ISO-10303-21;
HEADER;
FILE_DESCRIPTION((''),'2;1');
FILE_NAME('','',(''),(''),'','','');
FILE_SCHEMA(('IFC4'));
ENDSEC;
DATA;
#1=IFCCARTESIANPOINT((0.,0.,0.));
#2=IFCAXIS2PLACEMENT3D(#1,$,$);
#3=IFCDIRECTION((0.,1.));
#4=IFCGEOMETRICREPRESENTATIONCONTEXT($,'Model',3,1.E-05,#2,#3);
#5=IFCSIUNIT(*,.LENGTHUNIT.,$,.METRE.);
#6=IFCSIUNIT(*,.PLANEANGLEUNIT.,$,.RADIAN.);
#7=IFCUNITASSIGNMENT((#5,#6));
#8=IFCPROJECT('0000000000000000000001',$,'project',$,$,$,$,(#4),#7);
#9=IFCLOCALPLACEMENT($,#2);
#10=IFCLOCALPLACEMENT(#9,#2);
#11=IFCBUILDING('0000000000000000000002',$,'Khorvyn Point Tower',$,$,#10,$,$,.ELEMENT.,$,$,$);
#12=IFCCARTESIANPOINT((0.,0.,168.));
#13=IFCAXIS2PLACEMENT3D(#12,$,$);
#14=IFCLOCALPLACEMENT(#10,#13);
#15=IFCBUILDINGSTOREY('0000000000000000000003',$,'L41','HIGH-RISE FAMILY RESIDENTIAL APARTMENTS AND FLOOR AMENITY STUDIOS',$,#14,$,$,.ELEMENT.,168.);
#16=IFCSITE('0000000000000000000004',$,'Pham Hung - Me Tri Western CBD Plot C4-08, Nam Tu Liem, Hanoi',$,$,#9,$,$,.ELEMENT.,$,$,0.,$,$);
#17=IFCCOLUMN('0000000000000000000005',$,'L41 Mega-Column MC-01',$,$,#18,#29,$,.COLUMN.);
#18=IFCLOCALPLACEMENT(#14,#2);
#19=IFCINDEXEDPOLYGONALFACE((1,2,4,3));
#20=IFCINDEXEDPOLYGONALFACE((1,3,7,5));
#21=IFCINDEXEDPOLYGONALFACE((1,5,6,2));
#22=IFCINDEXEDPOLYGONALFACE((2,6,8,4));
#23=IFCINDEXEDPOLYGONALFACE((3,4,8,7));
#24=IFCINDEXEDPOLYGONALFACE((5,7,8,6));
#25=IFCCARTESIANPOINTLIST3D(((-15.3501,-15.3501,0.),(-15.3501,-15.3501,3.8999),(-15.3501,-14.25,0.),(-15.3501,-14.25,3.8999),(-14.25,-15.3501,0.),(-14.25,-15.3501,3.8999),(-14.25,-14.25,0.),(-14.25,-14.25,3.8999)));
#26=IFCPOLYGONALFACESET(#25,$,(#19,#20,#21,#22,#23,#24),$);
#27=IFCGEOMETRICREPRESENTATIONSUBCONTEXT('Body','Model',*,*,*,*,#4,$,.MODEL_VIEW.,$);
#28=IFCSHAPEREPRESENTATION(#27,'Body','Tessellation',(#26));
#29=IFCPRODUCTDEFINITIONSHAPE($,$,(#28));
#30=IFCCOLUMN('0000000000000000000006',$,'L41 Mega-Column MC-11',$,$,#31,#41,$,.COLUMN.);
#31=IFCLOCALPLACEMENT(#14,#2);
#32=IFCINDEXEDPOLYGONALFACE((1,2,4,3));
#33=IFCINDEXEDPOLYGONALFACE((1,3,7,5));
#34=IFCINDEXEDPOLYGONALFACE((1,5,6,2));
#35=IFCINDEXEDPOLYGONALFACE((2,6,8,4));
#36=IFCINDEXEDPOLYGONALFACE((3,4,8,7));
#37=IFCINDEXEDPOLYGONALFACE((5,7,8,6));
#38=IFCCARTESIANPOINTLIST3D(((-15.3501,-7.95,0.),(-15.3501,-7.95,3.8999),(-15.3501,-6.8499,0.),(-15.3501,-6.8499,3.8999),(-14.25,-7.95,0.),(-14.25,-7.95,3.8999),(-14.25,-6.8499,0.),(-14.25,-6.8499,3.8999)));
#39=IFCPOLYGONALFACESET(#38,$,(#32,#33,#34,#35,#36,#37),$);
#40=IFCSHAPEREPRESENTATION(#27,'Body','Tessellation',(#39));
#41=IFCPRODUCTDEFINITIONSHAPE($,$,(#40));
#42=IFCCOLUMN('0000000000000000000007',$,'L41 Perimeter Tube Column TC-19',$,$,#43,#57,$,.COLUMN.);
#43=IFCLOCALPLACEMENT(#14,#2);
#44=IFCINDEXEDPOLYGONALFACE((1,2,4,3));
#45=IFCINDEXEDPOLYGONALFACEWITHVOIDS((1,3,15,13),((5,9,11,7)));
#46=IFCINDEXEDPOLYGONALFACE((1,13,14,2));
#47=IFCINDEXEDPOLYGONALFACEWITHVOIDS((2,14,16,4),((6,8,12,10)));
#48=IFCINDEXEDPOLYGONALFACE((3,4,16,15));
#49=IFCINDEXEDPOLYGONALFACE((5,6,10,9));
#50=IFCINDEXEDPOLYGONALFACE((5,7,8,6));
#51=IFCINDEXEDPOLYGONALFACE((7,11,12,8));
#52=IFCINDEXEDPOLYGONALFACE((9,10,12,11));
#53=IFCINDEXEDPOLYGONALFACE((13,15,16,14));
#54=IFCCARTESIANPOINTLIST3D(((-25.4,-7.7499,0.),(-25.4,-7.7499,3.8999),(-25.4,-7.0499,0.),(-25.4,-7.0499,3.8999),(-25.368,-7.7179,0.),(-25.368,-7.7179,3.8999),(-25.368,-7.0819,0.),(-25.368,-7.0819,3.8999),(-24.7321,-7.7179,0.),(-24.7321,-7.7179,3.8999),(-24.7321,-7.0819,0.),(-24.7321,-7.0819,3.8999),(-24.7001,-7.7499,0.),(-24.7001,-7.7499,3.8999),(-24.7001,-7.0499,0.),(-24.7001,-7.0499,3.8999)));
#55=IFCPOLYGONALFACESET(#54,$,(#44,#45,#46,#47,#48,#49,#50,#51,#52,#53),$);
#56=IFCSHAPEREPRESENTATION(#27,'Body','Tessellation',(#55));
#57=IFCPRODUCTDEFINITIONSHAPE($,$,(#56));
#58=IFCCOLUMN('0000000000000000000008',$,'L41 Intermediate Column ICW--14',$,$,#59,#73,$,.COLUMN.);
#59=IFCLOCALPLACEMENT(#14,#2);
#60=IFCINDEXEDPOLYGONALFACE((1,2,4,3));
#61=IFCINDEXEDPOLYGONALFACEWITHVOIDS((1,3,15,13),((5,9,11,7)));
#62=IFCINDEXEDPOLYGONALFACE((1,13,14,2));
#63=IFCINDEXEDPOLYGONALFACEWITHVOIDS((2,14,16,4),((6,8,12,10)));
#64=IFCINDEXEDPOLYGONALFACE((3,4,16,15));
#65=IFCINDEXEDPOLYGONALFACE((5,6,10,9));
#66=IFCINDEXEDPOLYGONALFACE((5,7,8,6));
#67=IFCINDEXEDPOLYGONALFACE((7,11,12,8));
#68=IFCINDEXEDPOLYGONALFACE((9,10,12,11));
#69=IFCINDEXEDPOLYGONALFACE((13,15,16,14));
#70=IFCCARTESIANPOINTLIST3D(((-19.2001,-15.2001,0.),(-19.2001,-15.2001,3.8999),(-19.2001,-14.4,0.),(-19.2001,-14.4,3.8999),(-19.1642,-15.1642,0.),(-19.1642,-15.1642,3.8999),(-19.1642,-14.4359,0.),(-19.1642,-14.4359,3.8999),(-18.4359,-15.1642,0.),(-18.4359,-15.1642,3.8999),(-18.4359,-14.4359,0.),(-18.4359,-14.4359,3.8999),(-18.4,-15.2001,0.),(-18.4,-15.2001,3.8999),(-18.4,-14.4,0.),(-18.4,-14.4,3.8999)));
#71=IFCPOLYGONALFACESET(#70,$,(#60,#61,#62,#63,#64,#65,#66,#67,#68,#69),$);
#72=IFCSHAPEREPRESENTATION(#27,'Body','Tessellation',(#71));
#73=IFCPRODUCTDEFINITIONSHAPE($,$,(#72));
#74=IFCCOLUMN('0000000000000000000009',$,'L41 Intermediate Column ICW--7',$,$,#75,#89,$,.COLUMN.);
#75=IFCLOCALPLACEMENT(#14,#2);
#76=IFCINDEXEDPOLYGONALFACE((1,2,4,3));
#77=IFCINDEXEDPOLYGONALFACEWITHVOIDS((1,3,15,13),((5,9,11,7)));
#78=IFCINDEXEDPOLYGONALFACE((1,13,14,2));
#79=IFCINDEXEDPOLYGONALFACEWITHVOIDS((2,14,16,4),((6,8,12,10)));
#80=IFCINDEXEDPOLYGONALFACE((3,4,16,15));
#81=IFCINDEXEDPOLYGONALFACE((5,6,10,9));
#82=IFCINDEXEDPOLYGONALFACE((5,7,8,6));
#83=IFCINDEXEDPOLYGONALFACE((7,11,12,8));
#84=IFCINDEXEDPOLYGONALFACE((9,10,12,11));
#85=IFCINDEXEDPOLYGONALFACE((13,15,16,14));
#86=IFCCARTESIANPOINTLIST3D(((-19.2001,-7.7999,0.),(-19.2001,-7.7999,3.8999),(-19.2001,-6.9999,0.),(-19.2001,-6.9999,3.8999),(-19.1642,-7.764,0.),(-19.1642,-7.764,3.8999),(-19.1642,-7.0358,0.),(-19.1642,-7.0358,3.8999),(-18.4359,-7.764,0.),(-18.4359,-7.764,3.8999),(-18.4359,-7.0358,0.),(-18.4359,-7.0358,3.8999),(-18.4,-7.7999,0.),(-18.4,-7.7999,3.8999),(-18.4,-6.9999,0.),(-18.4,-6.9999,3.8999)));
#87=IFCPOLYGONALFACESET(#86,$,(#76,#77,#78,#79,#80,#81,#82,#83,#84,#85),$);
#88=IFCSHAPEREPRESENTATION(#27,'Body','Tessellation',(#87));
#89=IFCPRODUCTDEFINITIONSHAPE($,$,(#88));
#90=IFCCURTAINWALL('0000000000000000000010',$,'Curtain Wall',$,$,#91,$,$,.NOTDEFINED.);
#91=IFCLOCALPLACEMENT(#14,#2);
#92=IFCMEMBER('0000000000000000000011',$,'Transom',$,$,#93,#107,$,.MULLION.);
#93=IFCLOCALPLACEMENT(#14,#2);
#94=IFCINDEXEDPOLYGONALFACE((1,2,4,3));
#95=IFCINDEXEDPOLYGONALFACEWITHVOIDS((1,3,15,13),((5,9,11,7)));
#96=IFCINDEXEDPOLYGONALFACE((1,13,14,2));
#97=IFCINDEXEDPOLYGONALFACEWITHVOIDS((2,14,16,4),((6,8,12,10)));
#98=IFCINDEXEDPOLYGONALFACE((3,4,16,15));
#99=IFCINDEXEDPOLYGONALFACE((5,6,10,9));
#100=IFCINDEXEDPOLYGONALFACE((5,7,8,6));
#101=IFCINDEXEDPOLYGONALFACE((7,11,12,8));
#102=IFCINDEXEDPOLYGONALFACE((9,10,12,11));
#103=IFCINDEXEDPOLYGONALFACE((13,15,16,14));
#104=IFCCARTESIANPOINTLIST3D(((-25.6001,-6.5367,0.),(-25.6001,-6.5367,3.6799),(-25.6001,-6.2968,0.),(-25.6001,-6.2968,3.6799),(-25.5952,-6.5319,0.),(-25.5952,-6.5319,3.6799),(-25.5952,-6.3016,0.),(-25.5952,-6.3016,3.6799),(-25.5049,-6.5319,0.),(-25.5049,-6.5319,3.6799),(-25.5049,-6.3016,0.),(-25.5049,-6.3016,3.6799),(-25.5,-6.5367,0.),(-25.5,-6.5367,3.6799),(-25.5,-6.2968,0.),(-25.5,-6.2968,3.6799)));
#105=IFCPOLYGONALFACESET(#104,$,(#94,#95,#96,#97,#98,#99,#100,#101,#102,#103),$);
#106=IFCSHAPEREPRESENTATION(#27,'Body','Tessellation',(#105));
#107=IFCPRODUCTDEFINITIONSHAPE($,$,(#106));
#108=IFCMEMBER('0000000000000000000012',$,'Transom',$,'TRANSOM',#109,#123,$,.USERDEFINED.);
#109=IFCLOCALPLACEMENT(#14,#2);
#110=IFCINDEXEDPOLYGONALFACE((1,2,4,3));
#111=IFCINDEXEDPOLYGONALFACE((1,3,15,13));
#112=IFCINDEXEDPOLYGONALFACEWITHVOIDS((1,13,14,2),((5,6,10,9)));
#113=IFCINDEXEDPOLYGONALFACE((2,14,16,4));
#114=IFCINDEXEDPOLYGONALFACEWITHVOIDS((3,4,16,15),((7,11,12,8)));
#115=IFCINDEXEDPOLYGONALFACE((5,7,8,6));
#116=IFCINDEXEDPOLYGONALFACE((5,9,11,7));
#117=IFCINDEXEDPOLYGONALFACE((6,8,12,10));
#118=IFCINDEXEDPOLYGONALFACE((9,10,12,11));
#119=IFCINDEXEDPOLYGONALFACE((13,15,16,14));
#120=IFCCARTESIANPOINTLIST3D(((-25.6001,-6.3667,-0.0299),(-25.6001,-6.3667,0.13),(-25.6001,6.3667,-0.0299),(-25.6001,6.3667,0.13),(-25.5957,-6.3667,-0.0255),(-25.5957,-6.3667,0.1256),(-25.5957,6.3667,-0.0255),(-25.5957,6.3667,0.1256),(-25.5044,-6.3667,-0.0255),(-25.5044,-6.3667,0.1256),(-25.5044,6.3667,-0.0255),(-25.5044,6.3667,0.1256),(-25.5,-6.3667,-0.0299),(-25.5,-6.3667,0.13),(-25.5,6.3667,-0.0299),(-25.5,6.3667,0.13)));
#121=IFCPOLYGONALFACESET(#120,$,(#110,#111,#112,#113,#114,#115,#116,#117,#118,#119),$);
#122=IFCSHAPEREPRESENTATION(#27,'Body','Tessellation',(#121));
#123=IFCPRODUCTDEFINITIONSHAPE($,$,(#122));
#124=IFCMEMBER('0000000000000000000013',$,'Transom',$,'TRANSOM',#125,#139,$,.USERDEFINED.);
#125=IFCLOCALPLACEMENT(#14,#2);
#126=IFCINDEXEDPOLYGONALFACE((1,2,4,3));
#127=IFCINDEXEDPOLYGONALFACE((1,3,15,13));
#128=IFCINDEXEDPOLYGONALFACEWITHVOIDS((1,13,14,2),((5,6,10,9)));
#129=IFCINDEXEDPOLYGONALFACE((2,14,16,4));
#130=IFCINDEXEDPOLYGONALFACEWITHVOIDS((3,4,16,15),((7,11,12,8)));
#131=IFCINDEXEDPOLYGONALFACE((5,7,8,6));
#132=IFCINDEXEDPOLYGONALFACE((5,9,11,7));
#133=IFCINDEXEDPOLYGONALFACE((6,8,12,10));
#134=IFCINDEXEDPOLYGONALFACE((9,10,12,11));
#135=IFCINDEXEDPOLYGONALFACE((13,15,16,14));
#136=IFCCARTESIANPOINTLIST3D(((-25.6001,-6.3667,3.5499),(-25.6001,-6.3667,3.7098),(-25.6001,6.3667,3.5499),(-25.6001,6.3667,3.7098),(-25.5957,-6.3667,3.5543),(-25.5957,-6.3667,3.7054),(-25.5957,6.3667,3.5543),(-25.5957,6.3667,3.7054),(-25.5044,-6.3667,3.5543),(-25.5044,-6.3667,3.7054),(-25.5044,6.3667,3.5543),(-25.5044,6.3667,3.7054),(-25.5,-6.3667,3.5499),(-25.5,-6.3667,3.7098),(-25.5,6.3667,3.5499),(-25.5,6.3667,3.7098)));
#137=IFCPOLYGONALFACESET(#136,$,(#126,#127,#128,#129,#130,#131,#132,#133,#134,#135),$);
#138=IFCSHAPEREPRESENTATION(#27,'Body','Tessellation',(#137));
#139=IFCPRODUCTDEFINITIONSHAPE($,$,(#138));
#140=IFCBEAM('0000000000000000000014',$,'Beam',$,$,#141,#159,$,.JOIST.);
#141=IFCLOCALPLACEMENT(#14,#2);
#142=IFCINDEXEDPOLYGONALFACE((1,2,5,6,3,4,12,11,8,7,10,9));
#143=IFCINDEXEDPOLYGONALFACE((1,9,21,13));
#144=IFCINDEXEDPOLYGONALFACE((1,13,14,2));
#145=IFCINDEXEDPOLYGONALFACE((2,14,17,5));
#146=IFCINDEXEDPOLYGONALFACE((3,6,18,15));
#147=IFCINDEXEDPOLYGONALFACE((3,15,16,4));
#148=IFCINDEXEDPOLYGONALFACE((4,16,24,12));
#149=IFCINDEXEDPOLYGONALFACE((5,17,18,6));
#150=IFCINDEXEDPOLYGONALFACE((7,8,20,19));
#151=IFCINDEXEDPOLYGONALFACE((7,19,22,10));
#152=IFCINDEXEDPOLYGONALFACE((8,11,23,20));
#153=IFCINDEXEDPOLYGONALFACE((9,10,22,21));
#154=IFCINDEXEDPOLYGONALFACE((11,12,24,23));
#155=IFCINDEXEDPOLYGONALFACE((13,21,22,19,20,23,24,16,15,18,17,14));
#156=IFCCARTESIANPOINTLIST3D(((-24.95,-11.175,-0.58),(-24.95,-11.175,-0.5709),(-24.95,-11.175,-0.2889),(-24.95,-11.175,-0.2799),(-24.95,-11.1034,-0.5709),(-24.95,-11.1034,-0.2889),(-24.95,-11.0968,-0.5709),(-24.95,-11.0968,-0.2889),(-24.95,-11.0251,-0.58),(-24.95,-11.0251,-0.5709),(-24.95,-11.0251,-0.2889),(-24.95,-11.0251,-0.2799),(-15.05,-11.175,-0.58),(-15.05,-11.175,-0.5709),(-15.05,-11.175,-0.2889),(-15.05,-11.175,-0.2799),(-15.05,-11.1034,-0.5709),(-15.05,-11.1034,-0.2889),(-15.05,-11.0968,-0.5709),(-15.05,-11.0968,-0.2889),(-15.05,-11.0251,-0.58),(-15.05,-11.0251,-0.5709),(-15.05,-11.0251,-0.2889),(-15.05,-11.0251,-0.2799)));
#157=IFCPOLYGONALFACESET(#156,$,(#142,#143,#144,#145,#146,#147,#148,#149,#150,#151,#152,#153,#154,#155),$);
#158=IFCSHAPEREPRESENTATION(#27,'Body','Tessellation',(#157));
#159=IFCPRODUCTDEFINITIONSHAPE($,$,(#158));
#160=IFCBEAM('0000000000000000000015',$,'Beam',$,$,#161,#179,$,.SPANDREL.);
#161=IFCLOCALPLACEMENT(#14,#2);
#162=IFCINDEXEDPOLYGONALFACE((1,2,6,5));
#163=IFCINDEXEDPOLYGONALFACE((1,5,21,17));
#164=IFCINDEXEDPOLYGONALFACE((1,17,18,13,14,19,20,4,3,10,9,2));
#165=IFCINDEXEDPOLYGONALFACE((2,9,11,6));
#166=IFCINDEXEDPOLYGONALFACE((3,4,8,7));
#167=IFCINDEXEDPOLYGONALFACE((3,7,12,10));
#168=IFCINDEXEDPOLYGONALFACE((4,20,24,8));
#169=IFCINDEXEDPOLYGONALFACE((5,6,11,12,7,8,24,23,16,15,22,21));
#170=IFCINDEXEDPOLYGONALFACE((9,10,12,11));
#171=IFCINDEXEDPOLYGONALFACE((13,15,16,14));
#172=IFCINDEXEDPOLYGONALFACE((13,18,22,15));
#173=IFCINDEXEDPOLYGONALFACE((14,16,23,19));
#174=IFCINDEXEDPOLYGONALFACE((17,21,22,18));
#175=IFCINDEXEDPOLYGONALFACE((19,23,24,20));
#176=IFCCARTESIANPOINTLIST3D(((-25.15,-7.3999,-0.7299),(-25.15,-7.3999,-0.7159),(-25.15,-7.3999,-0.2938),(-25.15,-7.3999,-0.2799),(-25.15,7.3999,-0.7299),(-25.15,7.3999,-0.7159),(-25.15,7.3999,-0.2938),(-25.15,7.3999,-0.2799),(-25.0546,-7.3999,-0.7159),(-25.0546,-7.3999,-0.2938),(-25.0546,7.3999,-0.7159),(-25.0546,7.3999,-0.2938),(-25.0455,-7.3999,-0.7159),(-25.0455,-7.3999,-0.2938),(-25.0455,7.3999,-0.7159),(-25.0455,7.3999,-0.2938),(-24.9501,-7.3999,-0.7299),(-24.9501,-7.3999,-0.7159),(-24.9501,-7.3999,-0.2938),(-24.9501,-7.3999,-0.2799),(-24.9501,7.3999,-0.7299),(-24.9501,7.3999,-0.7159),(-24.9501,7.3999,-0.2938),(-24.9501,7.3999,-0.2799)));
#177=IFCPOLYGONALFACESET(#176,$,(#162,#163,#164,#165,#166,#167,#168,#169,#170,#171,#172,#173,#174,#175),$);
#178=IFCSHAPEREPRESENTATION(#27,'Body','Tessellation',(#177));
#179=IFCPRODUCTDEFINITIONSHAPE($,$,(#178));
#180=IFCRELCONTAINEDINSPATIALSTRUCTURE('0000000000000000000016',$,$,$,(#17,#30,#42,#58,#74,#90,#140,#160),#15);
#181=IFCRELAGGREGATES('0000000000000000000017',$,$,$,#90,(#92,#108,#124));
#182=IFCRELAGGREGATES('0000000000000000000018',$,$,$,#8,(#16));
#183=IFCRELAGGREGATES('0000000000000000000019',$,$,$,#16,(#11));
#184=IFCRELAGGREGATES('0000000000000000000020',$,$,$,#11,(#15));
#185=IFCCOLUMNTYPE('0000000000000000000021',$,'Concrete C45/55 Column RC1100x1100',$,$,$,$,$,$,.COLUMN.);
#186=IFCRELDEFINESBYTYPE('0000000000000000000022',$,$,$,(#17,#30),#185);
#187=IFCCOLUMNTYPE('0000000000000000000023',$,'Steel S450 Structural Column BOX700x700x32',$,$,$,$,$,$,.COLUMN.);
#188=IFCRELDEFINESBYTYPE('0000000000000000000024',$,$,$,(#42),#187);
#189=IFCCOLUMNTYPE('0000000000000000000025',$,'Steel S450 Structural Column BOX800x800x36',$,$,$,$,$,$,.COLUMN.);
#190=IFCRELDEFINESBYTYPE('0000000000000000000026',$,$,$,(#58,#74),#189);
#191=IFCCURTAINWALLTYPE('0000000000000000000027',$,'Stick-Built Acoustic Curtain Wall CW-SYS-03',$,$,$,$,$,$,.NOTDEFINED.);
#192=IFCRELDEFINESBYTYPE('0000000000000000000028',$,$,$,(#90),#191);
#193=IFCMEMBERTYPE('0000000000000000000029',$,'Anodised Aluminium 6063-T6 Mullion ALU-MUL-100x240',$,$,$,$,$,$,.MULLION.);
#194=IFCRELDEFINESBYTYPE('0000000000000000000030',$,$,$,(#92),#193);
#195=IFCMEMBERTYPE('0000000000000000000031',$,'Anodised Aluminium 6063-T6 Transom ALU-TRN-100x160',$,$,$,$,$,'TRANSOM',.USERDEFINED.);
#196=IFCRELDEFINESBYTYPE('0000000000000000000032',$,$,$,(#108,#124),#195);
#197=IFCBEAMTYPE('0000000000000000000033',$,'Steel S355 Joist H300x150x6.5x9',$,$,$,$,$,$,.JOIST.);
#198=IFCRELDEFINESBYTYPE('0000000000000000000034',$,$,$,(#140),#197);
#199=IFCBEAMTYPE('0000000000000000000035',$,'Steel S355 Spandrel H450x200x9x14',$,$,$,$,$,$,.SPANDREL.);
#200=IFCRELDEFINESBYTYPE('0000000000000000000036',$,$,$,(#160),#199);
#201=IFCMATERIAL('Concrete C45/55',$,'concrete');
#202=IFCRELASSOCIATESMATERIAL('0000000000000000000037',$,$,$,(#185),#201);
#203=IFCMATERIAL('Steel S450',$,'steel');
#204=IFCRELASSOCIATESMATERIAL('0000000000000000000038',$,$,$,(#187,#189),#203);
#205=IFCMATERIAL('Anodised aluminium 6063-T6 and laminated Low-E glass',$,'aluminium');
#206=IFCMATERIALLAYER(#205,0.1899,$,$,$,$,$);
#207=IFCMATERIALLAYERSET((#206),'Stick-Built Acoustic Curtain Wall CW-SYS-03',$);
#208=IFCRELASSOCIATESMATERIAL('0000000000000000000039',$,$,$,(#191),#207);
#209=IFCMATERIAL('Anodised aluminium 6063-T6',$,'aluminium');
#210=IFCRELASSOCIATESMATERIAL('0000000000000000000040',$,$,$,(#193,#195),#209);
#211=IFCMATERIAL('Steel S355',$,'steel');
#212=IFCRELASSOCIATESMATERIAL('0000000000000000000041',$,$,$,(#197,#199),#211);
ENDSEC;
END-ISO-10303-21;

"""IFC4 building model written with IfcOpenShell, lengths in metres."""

from ifc_helpers import new_model, si_unit, direction, frame, origin, origin_2d, place, context, subcontext, project, spatial, rectangle, hollow_rectangle, i_section, extrude, material, layer, layer_set, material_profile, profile_set, type_object, element, aggregate, save


model = new_model("IFC4")

# Units and contexts
model_context = context("Model", 3, precision=1e-05, world=origin(), true_north=direction((0.0, 1.0)))
body_context = subcontext(model_context, "Body", "Model", "MODEL_VIEW")
ifc_project = project(units=[si_unit("LENGTHUNIT", "METRE"), si_unit("PLANEANGLEUNIT", "RADIAN")], contexts=[model_context])

# Site, building, storey
site_placement = place(None, origin())
site = spatial("IfcSite", under=ifc_project, at=site_placement, Name="Pham Hung - Me Tri Western CBD Plot C4-08, Nam Tu Liem, Hanoi", CompositionType="ELEMENT", RefElevation=0.0)
building_placement = place(site_placement, origin())
building = spatial("IfcBuilding", under=site, at=building_placement, Name="Khorvyn Point Tower", CompositionType="ELEMENT")
storey_placement = place(building_placement, frame((0.0, 0.0, 168.0)))
storey = spatial("IfcBuildingStorey", under=building, at=storey_placement, Name="L41", Description="HIGH-RISE FAMILY RESIDENTIAL APARTMENTS AND FLOOR AMENITY STUDIOS", CompositionType="ELEMENT", Elevation=168.0)

# Columns
ifc_material_1 = material(Name="Concrete C45/55", Category="concrete")
ifc_material_profile_1 = material_profile(ifc_material_1, rectangle(XDim=1.1001, YDim=1.1001, at=origin_2d()))
ifc_profile_set_1 = profile_set([ifc_material_profile_1], Name="Concrete C45/55 RC1100x1100")
column_type_1 = type_object("IfcColumnType", Name="Concrete C45/55 Column RC1100x1100", PredefinedType="COLUMN", material=ifc_profile_set_1)
for number, where, z_axis, x_axis, name in (
    (1, (-14.8, -14.8, 0.0), (0.0, 0.0, 1.0), (1.0, 0.0, 0.0), "L41 Mega-Column MC-01"),
    (2, (-14.8, -7.3999, 0.0), (0.0, 0.0, 1.0), (1.0, 0.0, 0.0), "L41 Mega-Column MC-11"),
):
    element("IfcColumn", number, at=place(storey_placement, frame(where, z_axis=z_axis, x_axis=x_axis)), inside=storey, type_object=column_type_1, Name=name, PredefinedType="COLUMN", context=body_context, shape_type="SweptSolid", body=[
        extrude(rectangle(XDim=1.1001, YDim=1.1001, at=origin_2d()), origin(), (0.0, 0.0, 1.0), 3.8999),
    ])
ifc_material_2 = material(Name="Steel S450", Category="steel")
ifc_material_profile_2 = material_profile(ifc_material_2, hollow_rectangle(XDim=0.7, YDim=0.7, WallThickness=0.032, at=origin_2d()))
ifc_profile_set_2 = profile_set([ifc_material_profile_2], Name="Steel S450 BOX700x700x32")
column_type_2 = type_object("IfcColumnType", Name="Steel S450 Structural Column BOX700x700x32", PredefinedType="COLUMN", material=ifc_profile_set_2)
column_placement = place(storey_placement, frame((-25.05, -7.3999, 0.0), z_axis=(0.0, 0.0, 1.0), x_axis=(1.0, 0.0, 0.0)))
element("IfcColumn", 3, at=column_placement, inside=storey, type_object=column_type_2, Name="L41 Perimeter Tube Column TC-19", PredefinedType="COLUMN", context=body_context, shape_type="SweptSolid", body=[
    extrude(hollow_rectangle(XDim=0.7, YDim=0.7, WallThickness=0.032, at=origin_2d()), origin(), (0.0, 0.0, 1.0), 3.8999),
])
ifc_material_profile_3 = material_profile(ifc_material_2, hollow_rectangle(XDim=0.8, YDim=0.8, WallThickness=0.0359, at=origin_2d()))
ifc_profile_set_3 = profile_set([ifc_material_profile_3], Name="Steel S450 BOX800x800x36")
column_type_3 = type_object("IfcColumnType", Name="Steel S450 Structural Column BOX800x800x36", PredefinedType="COLUMN", material=ifc_profile_set_3)
for number, where, z_axis, x_axis, name in (
    (4, (-18.8, -14.8, 0.0), (0.0, 0.0, 1.0), (1.0, 0.0, 0.0), "L41 Intermediate Column ICW--14"),
    (5, (-18.8, -7.3999, 0.0), (0.0, 0.0, 1.0), (1.0, 0.0, 0.0), "L41 Intermediate Column ICW--7"),
):
    element("IfcColumn", number, at=place(storey_placement, frame(where, z_axis=z_axis, x_axis=x_axis)), inside=storey, type_object=column_type_3, Name=name, PredefinedType="COLUMN", context=body_context, shape_type="SweptSolid", body=[
        extrude(hollow_rectangle(XDim=0.8, YDim=0.8, WallThickness=0.0359, at=origin_2d()), origin(), (0.0, 0.0, 1.0), 3.8999),
    ])

# Curtain wall, members
ifc_material_3 = material(Name="Anodised aluminium 6063-T6 and laminated Low-E glass", Category="aluminium")
ifc_layer_1 = layer(ifc_material_3, 0.1899)
ifc_layer_set_1 = layer_set([ifc_layer_1], Name="Stick-Built Acoustic Curtain Wall CW-SYS-03")
curtain_wall_type = type_object("IfcCurtainWallType", Name="Stick-Built Acoustic Curtain Wall CW-SYS-03", PredefinedType="NOTDEFINED", material=ifc_layer_set_1)
curtain_wall_placement = place(storey_placement, origin())
curtain_wall = element("IfcCurtainWall", 6, at=curtain_wall_placement, inside=storey, type_object=curtain_wall_type, Name="Curtain Wall", PredefinedType="NOTDEFINED")
ifc_material_4 = material(Name="Anodised aluminium 6063-T6", Category="aluminium")
ifc_material_profile_4 = material_profile(ifc_material_4, hollow_rectangle(XDim=0.1001, YDim=0.24, WallThickness=0.0049, at=origin_2d()))
ifc_profile_set_4 = profile_set([ifc_material_profile_4], Name="Anodised aluminium 6063-T6 ALU-MUL-100x240")
member_type_1 = type_object("IfcMemberType", Name="Anodised Aluminium 6063-T6 Mullion ALU-MUL-100x240", PredefinedType="MULLION", material=ifc_profile_set_4)
member_1_placement = place(storey_placement, frame((-25.55, -6.4167, 0.0), z_axis=(0.0, 0.0, 1.0), x_axis=(-1.0, 0.0, 0.0)))
member_1 = element("IfcMember", 7, at=member_1_placement, type_object=member_type_1, Name="Transom", PredefinedType="MULLION", context=body_context, shape_type="SweptSolid", body=[
    extrude(hollow_rectangle(XDim=0.1001, YDim=0.24, WallThickness=0.0049, at=origin_2d()), origin(), (0.0, 0.0, 1.0), 3.6799),
])
ifc_material_profile_5 = material_profile(ifc_material_4, hollow_rectangle(XDim=0.1001, YDim=0.1599, WallThickness=0.0044, at=origin_2d()))
ifc_profile_set_5 = profile_set([ifc_material_profile_5], Name="Anodised aluminium 6063-T6 ALU-TRN-100x160")
member_type_2 = type_object("IfcMemberType", Name="Anodised Aluminium 6063-T6 Transom ALU-TRN-100x160", ElementType="TRANSOM", PredefinedType="USERDEFINED", material=ifc_profile_set_5)
member_2_placement = place(storey_placement, frame((-25.55, -6.3667, 0.05), z_axis=(0.0, 1.0, 0.0), x_axis=(-1.0, 0.0, 0.0)))
member_2 = element("IfcMember", 8, at=member_2_placement, type_object=member_type_2, Name="Transom", ObjectType="TRANSOM", PredefinedType="USERDEFINED", context=body_context, shape_type="SweptSolid", body=[
    extrude(hollow_rectangle(XDim=0.1001, YDim=0.1599, WallThickness=0.0044, at=origin_2d()), origin(), (0.0, 0.0, 1.0), 12.7334),
])
member_3_placement = place(storey_placement, frame((-25.55, -6.3667, 3.6299), z_axis=(0.0, 1.0, 0.0), x_axis=(-1.0, 0.0, 0.0)))
member_3 = element("IfcMember", 9, at=member_3_placement, type_object=member_type_2, Name="Transom", ObjectType="TRANSOM", PredefinedType="USERDEFINED", context=body_context, shape_type="SweptSolid", body=[
    extrude(hollow_rectangle(XDim=0.1001, YDim=0.1599, WallThickness=0.0044, at=origin_2d()), origin(), (0.0, 0.0, 1.0), 12.7334),
])

# Beams
ifc_material_5 = material(Name="Steel S355", Category="steel")
ifc_material_profile_6 = material_profile(ifc_material_5, i_section(OverallWidth=0.1499, OverallDepth=0.3, WebThickness=0.0066, FlangeThickness=0.009, at=origin_2d()))
ifc_profile_set_6 = profile_set([ifc_material_profile_6], Name="Steel S355 H300x150x6.5x9")
beam_type_1 = type_object("IfcBeamType", Name="Steel S355 Joist H300x150x6.5x9", PredefinedType="JOIST", material=ifc_profile_set_6)
beam_1_placement = place(storey_placement, frame((-24.95, -11.1001, -0.4299), z_axis=(1.0, 0.0, 0.0), x_axis=(0.0, 1.0, 0.0)))
element("IfcBeam", 10, at=beam_1_placement, inside=storey, type_object=beam_type_1, Name="Beam", PredefinedType="JOIST", context=body_context, shape_type="SweptSolid", body=[
    extrude(i_section(OverallWidth=0.1499, OverallDepth=0.3, WebThickness=0.0066, FlangeThickness=0.009, at=origin_2d()), origin(), (0.0, 0.0, 1.0), 9.8999),
])
ifc_material_profile_7 = material_profile(ifc_material_5, i_section(OverallWidth=0.2, OverallDepth=0.45, WebThickness=0.009, FlangeThickness=0.0139, at=origin_2d()))
ifc_profile_set_7 = profile_set([ifc_material_profile_7], Name="Steel S355 H450x200x9x14")
beam_type_2 = type_object("IfcBeamType", Name="Steel S355 Spandrel H450x200x9x14", PredefinedType="SPANDREL", material=ifc_profile_set_7)
beam_2_placement = place(storey_placement, frame((-25.05, -7.3999, -0.5049), z_axis=(0.0, 1.0, 0.0), x_axis=(-1.0, 0.0, 0.0)))
element("IfcBeam", 11, at=beam_2_placement, inside=storey, type_object=beam_type_2, Name="Beam", PredefinedType="SPANDREL", context=body_context, shape_type="SweptSolid", body=[
    extrude(i_section(OverallWidth=0.2, OverallDepth=0.45, WebThickness=0.009, FlangeThickness=0.0139, at=origin_2d()), origin(), (0.0, 0.0, 1.0), 14.7998),
])

aggregate(curtain_wall, [member_1, member_2, member_3])

save(model, "model.ifc")
